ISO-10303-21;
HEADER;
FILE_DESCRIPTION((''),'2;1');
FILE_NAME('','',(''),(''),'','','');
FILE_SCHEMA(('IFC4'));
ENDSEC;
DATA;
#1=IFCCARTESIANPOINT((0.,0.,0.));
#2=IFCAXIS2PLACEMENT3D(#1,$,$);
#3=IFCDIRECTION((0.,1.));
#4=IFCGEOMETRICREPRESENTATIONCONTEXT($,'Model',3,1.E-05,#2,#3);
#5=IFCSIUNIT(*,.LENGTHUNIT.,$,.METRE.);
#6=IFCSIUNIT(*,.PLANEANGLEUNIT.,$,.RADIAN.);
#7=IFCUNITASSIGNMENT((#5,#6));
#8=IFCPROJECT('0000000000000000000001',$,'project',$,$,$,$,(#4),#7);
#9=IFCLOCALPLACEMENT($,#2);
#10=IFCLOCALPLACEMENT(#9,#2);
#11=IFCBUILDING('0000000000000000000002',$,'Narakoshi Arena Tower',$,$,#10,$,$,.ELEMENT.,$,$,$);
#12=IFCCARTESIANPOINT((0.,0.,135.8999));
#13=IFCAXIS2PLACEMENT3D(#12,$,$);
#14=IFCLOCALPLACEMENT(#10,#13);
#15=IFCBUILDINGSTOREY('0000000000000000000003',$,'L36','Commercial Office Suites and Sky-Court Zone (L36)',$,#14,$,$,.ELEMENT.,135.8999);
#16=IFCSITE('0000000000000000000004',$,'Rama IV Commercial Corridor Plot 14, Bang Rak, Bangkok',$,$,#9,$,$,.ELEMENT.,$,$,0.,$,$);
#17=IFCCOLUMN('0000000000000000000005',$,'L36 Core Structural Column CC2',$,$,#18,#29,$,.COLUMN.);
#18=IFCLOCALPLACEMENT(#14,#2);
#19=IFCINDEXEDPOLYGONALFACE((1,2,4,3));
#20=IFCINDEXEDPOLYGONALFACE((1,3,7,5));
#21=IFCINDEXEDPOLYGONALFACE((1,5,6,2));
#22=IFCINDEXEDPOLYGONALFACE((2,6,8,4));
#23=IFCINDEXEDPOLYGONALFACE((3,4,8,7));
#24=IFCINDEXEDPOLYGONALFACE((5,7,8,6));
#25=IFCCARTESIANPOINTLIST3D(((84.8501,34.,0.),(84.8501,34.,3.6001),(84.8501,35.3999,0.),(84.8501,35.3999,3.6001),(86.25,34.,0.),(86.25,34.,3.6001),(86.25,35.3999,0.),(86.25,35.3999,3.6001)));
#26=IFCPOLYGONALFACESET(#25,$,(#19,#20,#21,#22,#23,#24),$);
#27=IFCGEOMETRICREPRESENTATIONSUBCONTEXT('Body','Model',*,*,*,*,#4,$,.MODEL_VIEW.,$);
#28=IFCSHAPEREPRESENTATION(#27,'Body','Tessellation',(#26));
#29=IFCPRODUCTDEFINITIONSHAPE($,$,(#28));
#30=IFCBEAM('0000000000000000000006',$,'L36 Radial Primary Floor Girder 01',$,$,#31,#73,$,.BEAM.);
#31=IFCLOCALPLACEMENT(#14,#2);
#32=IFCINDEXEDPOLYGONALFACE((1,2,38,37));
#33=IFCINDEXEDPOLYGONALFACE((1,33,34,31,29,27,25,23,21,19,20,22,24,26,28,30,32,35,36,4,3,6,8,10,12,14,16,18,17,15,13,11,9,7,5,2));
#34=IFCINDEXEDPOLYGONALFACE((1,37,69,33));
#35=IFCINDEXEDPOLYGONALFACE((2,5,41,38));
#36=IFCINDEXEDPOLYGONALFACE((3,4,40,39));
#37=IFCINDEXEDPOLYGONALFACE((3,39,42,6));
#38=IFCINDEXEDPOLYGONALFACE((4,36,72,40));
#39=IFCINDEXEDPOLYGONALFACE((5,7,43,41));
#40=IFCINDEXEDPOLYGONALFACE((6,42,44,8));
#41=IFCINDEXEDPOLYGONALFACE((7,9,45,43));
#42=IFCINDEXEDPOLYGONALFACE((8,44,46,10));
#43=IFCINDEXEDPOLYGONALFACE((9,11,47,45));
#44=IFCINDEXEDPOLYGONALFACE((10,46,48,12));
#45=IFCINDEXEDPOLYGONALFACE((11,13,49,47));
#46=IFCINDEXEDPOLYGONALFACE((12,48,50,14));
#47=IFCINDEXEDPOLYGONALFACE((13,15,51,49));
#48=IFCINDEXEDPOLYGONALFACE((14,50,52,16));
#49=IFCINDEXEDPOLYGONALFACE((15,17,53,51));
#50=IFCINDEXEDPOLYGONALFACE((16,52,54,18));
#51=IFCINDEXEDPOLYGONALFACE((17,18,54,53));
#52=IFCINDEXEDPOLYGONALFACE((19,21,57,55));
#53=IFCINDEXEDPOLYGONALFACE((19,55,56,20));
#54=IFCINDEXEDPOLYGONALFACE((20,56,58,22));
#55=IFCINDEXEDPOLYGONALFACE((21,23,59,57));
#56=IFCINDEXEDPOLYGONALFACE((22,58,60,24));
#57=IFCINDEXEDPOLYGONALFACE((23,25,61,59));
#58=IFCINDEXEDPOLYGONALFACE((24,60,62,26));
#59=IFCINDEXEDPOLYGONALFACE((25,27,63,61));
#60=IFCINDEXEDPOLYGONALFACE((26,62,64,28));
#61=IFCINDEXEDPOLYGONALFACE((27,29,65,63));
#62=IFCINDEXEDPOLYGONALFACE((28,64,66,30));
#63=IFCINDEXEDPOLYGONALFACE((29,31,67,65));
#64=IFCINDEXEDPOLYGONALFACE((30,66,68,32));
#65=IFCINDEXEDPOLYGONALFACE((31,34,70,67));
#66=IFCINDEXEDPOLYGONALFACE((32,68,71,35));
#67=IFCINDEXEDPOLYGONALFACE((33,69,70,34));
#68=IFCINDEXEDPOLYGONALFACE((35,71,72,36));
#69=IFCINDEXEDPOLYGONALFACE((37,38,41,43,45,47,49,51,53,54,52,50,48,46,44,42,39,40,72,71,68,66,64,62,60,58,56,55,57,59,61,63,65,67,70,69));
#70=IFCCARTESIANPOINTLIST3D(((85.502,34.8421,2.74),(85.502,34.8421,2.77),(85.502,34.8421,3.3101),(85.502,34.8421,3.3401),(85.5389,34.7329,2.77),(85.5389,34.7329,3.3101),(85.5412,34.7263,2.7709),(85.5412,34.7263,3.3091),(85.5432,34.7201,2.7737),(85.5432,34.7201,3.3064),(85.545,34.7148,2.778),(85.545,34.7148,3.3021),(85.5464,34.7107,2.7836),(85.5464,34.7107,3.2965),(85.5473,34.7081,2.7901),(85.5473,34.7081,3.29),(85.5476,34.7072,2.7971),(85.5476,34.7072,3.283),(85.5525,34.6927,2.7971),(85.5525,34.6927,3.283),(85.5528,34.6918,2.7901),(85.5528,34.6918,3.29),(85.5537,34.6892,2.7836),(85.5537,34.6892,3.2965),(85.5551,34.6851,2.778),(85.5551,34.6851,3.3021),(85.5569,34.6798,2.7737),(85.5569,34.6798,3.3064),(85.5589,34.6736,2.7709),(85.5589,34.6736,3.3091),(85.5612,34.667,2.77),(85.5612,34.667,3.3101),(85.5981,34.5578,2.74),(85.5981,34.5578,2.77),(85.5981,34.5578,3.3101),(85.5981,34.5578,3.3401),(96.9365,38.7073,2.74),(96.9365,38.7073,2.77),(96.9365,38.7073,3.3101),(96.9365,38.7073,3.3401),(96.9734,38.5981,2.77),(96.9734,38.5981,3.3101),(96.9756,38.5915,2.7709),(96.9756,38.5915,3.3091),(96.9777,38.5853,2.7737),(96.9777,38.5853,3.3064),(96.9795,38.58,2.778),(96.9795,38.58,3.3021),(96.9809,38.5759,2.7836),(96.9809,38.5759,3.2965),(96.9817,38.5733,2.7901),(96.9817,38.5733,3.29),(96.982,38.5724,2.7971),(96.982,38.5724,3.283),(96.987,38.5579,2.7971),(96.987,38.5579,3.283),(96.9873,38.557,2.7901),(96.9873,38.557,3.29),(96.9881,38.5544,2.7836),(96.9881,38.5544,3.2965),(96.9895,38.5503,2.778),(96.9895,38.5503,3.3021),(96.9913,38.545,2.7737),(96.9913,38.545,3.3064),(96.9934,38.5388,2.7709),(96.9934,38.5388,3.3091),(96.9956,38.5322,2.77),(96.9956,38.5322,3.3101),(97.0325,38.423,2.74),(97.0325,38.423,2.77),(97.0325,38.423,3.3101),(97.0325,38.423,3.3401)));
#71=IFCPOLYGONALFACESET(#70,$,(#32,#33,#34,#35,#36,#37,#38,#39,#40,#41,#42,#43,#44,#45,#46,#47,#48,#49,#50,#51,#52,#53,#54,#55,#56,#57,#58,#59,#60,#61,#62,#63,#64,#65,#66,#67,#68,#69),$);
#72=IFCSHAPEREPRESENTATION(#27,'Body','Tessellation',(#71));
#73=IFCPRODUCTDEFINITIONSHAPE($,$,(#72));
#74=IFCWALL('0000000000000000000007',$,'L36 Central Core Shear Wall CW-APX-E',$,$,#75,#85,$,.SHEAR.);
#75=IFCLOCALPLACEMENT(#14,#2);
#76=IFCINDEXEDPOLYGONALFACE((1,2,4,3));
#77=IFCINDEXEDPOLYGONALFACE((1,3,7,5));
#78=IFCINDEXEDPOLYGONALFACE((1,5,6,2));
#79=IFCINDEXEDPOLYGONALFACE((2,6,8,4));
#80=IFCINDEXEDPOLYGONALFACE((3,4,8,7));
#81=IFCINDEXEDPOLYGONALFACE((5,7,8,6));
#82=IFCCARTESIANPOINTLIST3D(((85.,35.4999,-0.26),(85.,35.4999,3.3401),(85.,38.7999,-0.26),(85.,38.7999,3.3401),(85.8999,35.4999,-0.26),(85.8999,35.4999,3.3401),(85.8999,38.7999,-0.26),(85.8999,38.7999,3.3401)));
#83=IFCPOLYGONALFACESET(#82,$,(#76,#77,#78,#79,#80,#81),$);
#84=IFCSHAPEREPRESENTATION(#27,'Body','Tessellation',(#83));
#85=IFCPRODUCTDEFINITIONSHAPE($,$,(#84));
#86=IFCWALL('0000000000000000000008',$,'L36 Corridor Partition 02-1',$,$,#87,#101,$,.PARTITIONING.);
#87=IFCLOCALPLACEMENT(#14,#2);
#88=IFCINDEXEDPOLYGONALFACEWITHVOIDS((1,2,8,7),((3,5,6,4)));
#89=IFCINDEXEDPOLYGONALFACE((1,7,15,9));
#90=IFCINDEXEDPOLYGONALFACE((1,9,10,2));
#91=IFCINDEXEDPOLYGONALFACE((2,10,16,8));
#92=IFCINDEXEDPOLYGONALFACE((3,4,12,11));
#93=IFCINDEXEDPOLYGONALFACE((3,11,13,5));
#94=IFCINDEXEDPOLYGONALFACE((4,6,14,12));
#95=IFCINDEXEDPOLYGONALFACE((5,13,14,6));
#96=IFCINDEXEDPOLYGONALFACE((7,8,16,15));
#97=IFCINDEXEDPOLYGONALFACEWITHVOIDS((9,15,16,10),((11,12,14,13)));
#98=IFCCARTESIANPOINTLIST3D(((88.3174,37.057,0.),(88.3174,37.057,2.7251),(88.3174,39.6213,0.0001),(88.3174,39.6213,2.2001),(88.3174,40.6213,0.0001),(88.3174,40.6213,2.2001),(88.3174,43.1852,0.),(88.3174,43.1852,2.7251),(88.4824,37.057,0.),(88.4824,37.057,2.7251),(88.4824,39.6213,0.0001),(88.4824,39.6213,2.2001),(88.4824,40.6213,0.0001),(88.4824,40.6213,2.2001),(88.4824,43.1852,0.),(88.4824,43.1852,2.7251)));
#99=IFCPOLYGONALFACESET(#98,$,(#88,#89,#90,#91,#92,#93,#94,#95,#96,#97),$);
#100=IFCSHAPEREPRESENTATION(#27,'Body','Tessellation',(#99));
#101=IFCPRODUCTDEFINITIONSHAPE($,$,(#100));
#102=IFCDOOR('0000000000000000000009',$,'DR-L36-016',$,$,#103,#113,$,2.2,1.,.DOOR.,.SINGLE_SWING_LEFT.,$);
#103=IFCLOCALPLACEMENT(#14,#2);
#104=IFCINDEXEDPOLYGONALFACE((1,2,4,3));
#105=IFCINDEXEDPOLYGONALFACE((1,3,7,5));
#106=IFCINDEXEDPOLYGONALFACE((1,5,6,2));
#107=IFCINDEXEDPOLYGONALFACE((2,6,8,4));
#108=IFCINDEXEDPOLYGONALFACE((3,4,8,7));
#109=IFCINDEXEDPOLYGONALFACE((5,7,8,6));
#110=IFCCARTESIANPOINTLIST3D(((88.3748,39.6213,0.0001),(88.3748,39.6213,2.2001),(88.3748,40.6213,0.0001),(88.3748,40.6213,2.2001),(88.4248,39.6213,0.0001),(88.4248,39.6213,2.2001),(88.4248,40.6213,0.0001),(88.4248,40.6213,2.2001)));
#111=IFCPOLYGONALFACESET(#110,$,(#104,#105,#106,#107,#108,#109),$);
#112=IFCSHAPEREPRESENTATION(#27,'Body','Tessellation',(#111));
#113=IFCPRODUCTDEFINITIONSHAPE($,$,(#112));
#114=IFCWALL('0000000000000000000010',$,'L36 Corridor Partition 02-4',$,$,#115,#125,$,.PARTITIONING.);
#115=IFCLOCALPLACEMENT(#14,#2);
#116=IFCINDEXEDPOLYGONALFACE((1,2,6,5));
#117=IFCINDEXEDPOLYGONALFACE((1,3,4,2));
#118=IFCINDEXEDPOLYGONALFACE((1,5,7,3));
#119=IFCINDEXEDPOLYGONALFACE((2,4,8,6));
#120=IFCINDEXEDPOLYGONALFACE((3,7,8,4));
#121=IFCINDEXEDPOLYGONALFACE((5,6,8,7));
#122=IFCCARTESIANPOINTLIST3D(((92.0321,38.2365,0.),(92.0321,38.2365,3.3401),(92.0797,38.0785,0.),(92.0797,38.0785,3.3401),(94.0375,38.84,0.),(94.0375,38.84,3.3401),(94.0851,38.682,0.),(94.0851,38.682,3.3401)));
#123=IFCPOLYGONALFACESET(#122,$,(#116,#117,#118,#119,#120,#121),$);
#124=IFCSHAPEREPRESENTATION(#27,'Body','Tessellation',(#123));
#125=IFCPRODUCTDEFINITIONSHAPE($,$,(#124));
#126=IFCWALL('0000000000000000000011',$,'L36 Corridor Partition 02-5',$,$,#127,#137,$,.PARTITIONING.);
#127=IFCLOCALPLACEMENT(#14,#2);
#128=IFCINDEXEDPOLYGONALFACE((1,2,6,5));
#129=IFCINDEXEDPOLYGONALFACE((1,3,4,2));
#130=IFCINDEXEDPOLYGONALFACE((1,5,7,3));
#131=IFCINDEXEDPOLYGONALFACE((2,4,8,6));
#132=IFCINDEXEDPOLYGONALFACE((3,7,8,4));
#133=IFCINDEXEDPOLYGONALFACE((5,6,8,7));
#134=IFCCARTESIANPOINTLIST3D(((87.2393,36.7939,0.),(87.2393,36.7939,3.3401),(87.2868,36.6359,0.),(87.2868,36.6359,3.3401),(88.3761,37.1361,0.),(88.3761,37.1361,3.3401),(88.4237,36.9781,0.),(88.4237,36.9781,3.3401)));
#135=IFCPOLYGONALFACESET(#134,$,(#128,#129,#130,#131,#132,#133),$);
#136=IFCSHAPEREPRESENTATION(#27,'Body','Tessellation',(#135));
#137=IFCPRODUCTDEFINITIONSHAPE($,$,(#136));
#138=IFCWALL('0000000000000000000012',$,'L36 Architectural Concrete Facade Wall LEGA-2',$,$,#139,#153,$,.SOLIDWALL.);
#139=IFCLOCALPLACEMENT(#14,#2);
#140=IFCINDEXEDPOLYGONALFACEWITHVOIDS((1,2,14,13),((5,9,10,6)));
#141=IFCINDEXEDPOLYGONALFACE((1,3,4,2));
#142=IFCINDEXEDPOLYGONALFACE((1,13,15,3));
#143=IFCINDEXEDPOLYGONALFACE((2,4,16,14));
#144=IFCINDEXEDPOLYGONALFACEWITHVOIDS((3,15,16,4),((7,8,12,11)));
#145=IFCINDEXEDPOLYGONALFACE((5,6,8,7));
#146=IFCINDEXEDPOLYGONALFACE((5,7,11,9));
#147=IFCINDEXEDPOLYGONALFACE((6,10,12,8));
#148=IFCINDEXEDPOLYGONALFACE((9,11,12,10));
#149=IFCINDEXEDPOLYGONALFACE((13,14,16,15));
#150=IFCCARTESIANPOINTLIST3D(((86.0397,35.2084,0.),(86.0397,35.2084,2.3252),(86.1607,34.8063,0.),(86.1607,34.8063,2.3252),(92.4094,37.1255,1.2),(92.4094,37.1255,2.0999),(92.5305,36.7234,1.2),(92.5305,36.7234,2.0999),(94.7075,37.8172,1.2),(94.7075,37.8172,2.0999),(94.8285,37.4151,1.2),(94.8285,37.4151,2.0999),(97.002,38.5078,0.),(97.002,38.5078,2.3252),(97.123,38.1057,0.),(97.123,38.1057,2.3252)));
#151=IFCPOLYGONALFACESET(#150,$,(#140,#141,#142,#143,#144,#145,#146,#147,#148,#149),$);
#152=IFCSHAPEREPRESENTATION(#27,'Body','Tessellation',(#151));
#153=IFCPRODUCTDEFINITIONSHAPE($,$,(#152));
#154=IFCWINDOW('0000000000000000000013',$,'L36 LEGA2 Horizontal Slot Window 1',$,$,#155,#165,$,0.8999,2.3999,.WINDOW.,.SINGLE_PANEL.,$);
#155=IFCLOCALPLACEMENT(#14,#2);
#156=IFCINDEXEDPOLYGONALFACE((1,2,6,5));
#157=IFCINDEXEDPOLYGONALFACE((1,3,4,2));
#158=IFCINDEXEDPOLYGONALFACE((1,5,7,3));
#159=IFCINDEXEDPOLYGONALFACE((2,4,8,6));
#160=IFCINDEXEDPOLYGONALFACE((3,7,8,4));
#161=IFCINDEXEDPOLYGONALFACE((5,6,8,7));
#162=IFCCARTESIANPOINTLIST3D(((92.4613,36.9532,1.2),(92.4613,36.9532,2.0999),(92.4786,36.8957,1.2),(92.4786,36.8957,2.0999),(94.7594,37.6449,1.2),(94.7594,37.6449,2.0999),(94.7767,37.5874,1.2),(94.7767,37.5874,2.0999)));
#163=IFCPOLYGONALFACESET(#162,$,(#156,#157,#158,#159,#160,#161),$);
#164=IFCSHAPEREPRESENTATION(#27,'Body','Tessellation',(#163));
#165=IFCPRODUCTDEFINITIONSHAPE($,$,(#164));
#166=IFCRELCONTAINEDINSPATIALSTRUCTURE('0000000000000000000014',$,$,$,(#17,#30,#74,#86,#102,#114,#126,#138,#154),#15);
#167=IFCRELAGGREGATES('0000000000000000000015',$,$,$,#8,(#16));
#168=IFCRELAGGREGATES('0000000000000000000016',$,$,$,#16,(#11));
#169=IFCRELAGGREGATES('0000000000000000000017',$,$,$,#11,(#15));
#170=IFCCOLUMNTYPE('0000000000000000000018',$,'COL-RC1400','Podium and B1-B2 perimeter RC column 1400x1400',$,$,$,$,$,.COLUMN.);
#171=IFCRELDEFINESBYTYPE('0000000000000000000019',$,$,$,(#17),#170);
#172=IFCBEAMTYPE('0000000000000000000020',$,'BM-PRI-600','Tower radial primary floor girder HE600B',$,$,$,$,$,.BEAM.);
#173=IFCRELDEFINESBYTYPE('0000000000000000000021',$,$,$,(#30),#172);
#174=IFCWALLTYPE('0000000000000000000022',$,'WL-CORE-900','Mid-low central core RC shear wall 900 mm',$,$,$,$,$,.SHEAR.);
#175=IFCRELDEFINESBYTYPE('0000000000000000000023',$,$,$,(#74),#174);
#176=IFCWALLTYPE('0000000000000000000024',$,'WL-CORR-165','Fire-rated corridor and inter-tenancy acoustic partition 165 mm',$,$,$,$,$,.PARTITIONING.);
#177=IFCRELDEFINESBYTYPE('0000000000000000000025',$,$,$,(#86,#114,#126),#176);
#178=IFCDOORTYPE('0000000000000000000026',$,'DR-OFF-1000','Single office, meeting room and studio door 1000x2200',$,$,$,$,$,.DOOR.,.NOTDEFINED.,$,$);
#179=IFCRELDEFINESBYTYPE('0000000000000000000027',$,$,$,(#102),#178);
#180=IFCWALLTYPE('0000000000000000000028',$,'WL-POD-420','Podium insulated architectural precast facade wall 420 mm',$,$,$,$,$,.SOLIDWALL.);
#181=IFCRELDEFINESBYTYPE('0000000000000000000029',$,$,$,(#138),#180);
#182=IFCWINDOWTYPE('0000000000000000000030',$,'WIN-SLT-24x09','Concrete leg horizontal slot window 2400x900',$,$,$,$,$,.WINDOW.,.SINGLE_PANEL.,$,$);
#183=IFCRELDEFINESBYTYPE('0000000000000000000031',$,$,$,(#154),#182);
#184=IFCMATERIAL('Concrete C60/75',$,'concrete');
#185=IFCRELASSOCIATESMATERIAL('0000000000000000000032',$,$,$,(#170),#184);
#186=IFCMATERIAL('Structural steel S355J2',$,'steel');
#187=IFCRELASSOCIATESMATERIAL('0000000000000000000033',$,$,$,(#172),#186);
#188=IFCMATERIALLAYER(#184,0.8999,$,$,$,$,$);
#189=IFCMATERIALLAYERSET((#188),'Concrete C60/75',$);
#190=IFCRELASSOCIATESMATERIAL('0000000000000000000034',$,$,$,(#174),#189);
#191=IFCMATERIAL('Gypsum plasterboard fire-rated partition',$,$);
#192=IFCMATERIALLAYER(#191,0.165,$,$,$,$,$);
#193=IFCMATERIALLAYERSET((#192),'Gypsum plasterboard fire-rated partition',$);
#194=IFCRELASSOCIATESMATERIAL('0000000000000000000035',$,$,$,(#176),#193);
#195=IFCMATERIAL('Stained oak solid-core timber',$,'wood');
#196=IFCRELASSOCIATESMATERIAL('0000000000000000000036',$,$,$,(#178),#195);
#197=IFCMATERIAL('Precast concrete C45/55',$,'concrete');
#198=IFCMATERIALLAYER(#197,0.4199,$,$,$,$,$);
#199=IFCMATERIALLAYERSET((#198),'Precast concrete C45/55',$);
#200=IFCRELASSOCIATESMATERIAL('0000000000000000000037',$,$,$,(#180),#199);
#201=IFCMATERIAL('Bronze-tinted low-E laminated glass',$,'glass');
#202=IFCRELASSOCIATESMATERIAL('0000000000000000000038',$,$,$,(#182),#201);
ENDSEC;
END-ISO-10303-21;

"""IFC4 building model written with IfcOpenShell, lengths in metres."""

from ifc_helpers import new_model, si_unit, direction, frame, frame_2d, origin, origin_2d, place, context, subcontext, project, spatial, rectangle, i_section, extrude, material, layer, layer_set, material_profile, profile_set, type_object, element, fill, save


model = new_model("IFC4")

# Units and contexts
model_context = context("Model", 3, precision=1e-05, world=origin(), true_north=direction((0.0, 1.0)))
body_context = subcontext(model_context, "Body", "Model", "MODEL_VIEW")
ifc_project = project(units=[si_unit("LENGTHUNIT", "METRE"), si_unit("PLANEANGLEUNIT", "RADIAN")], contexts=[model_context])

# Site, building, storey
site_placement = place(None, origin())
site = spatial("IfcSite", under=ifc_project, at=site_placement, Name="Rama IV Commercial Corridor Plot 14, Bang Rak, Bangkok", CompositionType="ELEMENT", RefElevation=0.0)
building_placement = place(site_placement, origin())
building = spatial("IfcBuilding", under=site, at=building_placement, Name="Narakoshi Arena Tower", CompositionType="ELEMENT")
storey_placement = place(building_placement, frame((0.0, 0.0, 135.8999)))
storey = spatial("IfcBuildingStorey", under=building, at=storey_placement, Name="L36", Description="Commercial Office Suites and Sky-Court Zone (L36)", CompositionType="ELEMENT", Elevation=135.8999)

# Column
ifc_material_1 = material(Name="Concrete C60/75", Category="concrete")
ifc_material_profile_1 = material_profile(ifc_material_1, rectangle(XDim=1.3999, YDim=1.3999, at=origin_2d()), Name="RC1400x1400")
ifc_profile_set_1 = profile_set([ifc_material_profile_1], Name="Concrete C60/75")
column_type = type_object("IfcColumnType", Name="COL-RC1400", Description="Podium and B1-B2 perimeter RC column 1400x1400", PredefinedType="COLUMN", material=ifc_profile_set_1)
column_placement = place(storey_placement, frame((85.55, 34.7, 0.0), z_axis=(0.0, 0.0, 1.0), x_axis=(1.0, 0.0, 0.0)))
element("IfcColumn", 1, at=column_placement, inside=storey, type_object=column_type, Name="L36 Core Structural Column CC2", PredefinedType="COLUMN", context=body_context, shape_type="SweptSolid", body=[
    extrude(rectangle(XDim=1.3999, YDim=1.3999, at=origin_2d()), origin(), (0.0, 0.0, 1.0), 3.6001),
])

# Beam
ifc_material_2 = material(Name="Structural steel S355J2", Category="steel")
ifc_material_profile_2 = material_profile(ifc_material_2, i_section(OverallWidth=0.3, OverallDepth=0.6001, WebThickness=0.0154, FlangeThickness=0.03, FilletRadius=0.0271, at=origin_2d()), Name="HE600B")
ifc_profile_set_2 = profile_set([ifc_material_profile_2], Name="Structural steel S355J2")
beam_type = type_object("IfcBeamType", Name="BM-PRI-600", Description="Tower radial primary floor girder HE600B", PredefinedType="BEAM", material=ifc_profile_set_2)
beam_placement = place(storey_placement, frame((85.55, 34.7, 3.04), z_axis=(0.94734, 0.32023, 0.0), x_axis=(-0.32023, 0.94734, 0.0)))
element("IfcBeam", 2, at=beam_placement, inside=storey, type_object=beam_type, Name="L36 Radial Primary Floor Girder 01", PredefinedType="BEAM", context=body_context, shape_type="SweptSolid", body=[
    extrude(i_section(OverallWidth=0.3, OverallDepth=0.6001, WebThickness=0.0154, FlangeThickness=0.03, FilletRadius=0.0271, at=origin_2d()), origin(), (0.0, 0.0, 1.0), 12.0701),
])

# Wall
ifc_layer_1 = layer(ifc_material_1, 0.8999)
ifc_layer_set_1 = layer_set([ifc_layer_1], Name="Concrete C60/75")
wall_type_1 = type_object("IfcWallType", Name="WL-CORE-900", Description="Mid-low central core RC shear wall 900 mm", PredefinedType="SHEAR", material=ifc_layer_set_1)
wall_1_placement = place(storey_placement, frame((85.45, 35.5, -0.26), z_axis=(0.0, 0.0, 1.0), x_axis=(0.0, 1.0, 0.0)))
element("IfcWall", 3, at=wall_1_placement, inside=storey, type_object=wall_type_1, Name="L36 Central Core Shear Wall CW-APX-E", PredefinedType="SHEAR", context=body_context, shape_type="SweptSolid", body=[
    extrude(rectangle(XDim=3.3, YDim=0.8999, at=frame_2d((1.6499, 0.0))), origin(), (0.0, 0.0, 1.0), 3.6001),
])

# Wall, opening, door
ifc_material_3 = material(Name="Gypsum plasterboard fire-rated partition")
ifc_layer_2 = layer(ifc_material_3, 0.165)
ifc_layer_set_2 = layer_set([ifc_layer_2], Name="Gypsum plasterboard fire-rated partition")
wall_type_2 = type_object("IfcWallType", Name="WL-CORR-165", Description="Fire-rated corridor and inter-tenancy acoustic partition 165 mm", PredefinedType="PARTITIONING", material=ifc_layer_set_2)
wall_2_placement = place(storey_placement, frame((88.3999, 37.0571, 0.0), z_axis=(0.0, 0.0, 1.0), x_axis=(0.0, 1.0, 0.0)))
wall_2 = element("IfcWall", 4, at=wall_2_placement, inside=storey, type_object=wall_type_2, Name="L36 Corridor Partition 02-1", PredefinedType="PARTITIONING", context=body_context, shape_type="SweptSolid", body=[
    extrude(rectangle(XDim=6.1282, YDim=0.165, at=frame_2d((3.064, 0.0))), origin(), (0.0, 0.0, 1.0), 2.7251),
])
opening_1_placement = place(wall_2_placement, frame((2.5642, 0.0, 0.0)))
opening_1 = element("IfcOpeningElement", 5, at=opening_1_placement, cuts=wall_2, PredefinedType="OPENING", context=body_context, shape_type="SweptSolid", body=[
    extrude(rectangle(XDim=1.0, YDim=2.2, at=frame_2d((0.5, 1.1001))), frame((0.0, 0.0925, 0.0), z_axis=(0.0, -1.0, 0.0), x_axis=(1.0, 0.0, 0.0)), (0.0, 0.0, 1.0), 0.1851),
])
ifc_material_4 = material(Name="Stained oak solid-core timber", Category="wood")
door_type_1 = type_object("IfcDoorType", Name="DR-OFF-1000", Description="Single office, meeting room and studio door 1000x2200", OperationType="NOTDEFINED", PredefinedType="DOOR", material=ifc_material_4)
door_1_placement = place(opening_1_placement, frame((1.0, 0.0, 0.0), z_axis=(0.0, 0.0, 1.0), x_axis=(-1.0, 0.0, 0.0)))
door_1 = element("IfcDoor", 6, at=door_1_placement, inside=storey, type_object=door_type_1, Name="DR-L36-016", OperationType="SINGLE_SWING_LEFT", OverallHeight=2.2, OverallWidth=1.0, PredefinedType="DOOR", context=body_context, shape_type="SweptSolid", body=[
    extrude(rectangle(XDim=1.0, YDim=2.2, at=frame_2d((0.5, 1.1001))), frame((0.0, 0.0249, 0.0), z_axis=(0.0, -1.0, 0.0), x_axis=(1.0, 0.0, 0.0)), (0.0, 0.0, 1.0), 0.05),
])
fill(opening_1, door_1)

# Walls
wall_3_placement = place(storey_placement, frame((92.0559, 38.1575, 0.0), z_axis=(0.0, 0.0, 1.0), x_axis=(0.957576, 0.288182, 0.0)))
element("IfcWall", 7, at=wall_3_placement, inside=storey, type_object=wall_type_2, Name="L36 Corridor Partition 02-4", PredefinedType="PARTITIONING", context=body_context, shape_type="SweptSolid", body=[
    extrude(rectangle(XDim=2.0942, YDim=0.165, at=frame_2d((1.0471, 0.0))), origin(), (0.0, 0.0, 1.0), 3.3401),
])
wall_4_placement = place(storey_placement, frame((87.2629, 36.7148, 0.0), z_axis=(0.0, 0.0, 1.0), x_axis=(0.957549, 0.288272, 0.0)))
element("IfcWall", 8, at=wall_4_placement, inside=storey, type_object=wall_type_2, Name="L36 Corridor Partition 02-5", PredefinedType="PARTITIONING", context=body_context, shape_type="SweptSolid", body=[
    extrude(rectangle(XDim=1.1873, YDim=0.165, at=frame_2d((0.5938, 0.0))), origin(), (0.0, 0.0, 1.0), 3.3401),
])

# Wall, opening, window
ifc_material_5 = material(Name="Precast concrete C45/55", Category="concrete")
ifc_layer_3 = layer(ifc_material_5, 0.4199)
ifc_layer_set_3 = layer_set([ifc_layer_3], Name="Precast concrete C45/55")
wall_type_3 = type_object("IfcWallType", Name="WL-POD-420", Description="Podium insulated architectural precast facade wall 420 mm", PredefinedType="SOLIDWALL", material=ifc_layer_set_3)
wall_5_placement = place(storey_placement, frame((86.1001, 35.0073, 0.0), z_axis=(0.0, 0.0, 1.0), x_axis=(0.957569, 0.288203, 0.0)))
wall_5 = element("IfcWall", 9, at=wall_5_placement, inside=storey, type_object=wall_type_3, Name="L36 Architectural Concrete Facade Wall LEGA-2", PredefinedType="SOLIDWALL", context=body_context, shape_type="SweptSolid", body=[
    extrude(rectangle(XDim=11.448, YDim=0.4199, at=frame_2d((5.7241, 0.0))), origin(), (0.0, 0.0, 1.0), 2.3252),
])
opening_2_placement = place(wall_5_placement, frame((6.6521, 0.0, 1.2)))
opening_2 = element("IfcOpeningElement", 10, at=opening_2_placement, cuts=wall_5, PredefinedType="OPENING", context=body_context, shape_type="SweptSolid", body=[
    extrude(rectangle(XDim=2.3999, YDim=0.8999, at=frame_2d((1.2, 0.45))), frame((0.0, 0.22, 0.0), z_axis=(0.0, -1.0, 0.0), x_axis=(1.0, 0.0, 0.0)), (0.0, 0.0, 1.0), 0.4399),
])
ifc_material_6 = material(Name="Bronze-tinted low-E laminated glass", Category="glass")
window_type = type_object("IfcWindowType", Name="WIN-SLT-24x09", Description="Concrete leg horizontal slot window 2400x900", PartitioningType="SINGLE_PANEL", PredefinedType="WINDOW", material=ifc_material_6)
window_placement = place(opening_2_placement, origin())
window = element("IfcWindow", 11, at=window_placement, inside=storey, type_object=window_type, Name="L36 LEGA2 Horizontal Slot Window 1", OverallHeight=0.8999, OverallWidth=2.3999, PartitioningType="SINGLE_PANEL", PredefinedType="WINDOW", context=body_context, shape_type="SweptSolid", body=[
    extrude(rectangle(XDim=2.3999, YDim=0.8999, at=frame_2d((1.2, 0.45))), frame((0.0, 0.03, 0.0), z_axis=(0.0, -1.0, 0.0), x_axis=(1.0, 0.0, 0.0)), (0.0, 0.0, 1.0), 0.0601),
])
fill(opening_2, window)

save(model, "model.ifc")
